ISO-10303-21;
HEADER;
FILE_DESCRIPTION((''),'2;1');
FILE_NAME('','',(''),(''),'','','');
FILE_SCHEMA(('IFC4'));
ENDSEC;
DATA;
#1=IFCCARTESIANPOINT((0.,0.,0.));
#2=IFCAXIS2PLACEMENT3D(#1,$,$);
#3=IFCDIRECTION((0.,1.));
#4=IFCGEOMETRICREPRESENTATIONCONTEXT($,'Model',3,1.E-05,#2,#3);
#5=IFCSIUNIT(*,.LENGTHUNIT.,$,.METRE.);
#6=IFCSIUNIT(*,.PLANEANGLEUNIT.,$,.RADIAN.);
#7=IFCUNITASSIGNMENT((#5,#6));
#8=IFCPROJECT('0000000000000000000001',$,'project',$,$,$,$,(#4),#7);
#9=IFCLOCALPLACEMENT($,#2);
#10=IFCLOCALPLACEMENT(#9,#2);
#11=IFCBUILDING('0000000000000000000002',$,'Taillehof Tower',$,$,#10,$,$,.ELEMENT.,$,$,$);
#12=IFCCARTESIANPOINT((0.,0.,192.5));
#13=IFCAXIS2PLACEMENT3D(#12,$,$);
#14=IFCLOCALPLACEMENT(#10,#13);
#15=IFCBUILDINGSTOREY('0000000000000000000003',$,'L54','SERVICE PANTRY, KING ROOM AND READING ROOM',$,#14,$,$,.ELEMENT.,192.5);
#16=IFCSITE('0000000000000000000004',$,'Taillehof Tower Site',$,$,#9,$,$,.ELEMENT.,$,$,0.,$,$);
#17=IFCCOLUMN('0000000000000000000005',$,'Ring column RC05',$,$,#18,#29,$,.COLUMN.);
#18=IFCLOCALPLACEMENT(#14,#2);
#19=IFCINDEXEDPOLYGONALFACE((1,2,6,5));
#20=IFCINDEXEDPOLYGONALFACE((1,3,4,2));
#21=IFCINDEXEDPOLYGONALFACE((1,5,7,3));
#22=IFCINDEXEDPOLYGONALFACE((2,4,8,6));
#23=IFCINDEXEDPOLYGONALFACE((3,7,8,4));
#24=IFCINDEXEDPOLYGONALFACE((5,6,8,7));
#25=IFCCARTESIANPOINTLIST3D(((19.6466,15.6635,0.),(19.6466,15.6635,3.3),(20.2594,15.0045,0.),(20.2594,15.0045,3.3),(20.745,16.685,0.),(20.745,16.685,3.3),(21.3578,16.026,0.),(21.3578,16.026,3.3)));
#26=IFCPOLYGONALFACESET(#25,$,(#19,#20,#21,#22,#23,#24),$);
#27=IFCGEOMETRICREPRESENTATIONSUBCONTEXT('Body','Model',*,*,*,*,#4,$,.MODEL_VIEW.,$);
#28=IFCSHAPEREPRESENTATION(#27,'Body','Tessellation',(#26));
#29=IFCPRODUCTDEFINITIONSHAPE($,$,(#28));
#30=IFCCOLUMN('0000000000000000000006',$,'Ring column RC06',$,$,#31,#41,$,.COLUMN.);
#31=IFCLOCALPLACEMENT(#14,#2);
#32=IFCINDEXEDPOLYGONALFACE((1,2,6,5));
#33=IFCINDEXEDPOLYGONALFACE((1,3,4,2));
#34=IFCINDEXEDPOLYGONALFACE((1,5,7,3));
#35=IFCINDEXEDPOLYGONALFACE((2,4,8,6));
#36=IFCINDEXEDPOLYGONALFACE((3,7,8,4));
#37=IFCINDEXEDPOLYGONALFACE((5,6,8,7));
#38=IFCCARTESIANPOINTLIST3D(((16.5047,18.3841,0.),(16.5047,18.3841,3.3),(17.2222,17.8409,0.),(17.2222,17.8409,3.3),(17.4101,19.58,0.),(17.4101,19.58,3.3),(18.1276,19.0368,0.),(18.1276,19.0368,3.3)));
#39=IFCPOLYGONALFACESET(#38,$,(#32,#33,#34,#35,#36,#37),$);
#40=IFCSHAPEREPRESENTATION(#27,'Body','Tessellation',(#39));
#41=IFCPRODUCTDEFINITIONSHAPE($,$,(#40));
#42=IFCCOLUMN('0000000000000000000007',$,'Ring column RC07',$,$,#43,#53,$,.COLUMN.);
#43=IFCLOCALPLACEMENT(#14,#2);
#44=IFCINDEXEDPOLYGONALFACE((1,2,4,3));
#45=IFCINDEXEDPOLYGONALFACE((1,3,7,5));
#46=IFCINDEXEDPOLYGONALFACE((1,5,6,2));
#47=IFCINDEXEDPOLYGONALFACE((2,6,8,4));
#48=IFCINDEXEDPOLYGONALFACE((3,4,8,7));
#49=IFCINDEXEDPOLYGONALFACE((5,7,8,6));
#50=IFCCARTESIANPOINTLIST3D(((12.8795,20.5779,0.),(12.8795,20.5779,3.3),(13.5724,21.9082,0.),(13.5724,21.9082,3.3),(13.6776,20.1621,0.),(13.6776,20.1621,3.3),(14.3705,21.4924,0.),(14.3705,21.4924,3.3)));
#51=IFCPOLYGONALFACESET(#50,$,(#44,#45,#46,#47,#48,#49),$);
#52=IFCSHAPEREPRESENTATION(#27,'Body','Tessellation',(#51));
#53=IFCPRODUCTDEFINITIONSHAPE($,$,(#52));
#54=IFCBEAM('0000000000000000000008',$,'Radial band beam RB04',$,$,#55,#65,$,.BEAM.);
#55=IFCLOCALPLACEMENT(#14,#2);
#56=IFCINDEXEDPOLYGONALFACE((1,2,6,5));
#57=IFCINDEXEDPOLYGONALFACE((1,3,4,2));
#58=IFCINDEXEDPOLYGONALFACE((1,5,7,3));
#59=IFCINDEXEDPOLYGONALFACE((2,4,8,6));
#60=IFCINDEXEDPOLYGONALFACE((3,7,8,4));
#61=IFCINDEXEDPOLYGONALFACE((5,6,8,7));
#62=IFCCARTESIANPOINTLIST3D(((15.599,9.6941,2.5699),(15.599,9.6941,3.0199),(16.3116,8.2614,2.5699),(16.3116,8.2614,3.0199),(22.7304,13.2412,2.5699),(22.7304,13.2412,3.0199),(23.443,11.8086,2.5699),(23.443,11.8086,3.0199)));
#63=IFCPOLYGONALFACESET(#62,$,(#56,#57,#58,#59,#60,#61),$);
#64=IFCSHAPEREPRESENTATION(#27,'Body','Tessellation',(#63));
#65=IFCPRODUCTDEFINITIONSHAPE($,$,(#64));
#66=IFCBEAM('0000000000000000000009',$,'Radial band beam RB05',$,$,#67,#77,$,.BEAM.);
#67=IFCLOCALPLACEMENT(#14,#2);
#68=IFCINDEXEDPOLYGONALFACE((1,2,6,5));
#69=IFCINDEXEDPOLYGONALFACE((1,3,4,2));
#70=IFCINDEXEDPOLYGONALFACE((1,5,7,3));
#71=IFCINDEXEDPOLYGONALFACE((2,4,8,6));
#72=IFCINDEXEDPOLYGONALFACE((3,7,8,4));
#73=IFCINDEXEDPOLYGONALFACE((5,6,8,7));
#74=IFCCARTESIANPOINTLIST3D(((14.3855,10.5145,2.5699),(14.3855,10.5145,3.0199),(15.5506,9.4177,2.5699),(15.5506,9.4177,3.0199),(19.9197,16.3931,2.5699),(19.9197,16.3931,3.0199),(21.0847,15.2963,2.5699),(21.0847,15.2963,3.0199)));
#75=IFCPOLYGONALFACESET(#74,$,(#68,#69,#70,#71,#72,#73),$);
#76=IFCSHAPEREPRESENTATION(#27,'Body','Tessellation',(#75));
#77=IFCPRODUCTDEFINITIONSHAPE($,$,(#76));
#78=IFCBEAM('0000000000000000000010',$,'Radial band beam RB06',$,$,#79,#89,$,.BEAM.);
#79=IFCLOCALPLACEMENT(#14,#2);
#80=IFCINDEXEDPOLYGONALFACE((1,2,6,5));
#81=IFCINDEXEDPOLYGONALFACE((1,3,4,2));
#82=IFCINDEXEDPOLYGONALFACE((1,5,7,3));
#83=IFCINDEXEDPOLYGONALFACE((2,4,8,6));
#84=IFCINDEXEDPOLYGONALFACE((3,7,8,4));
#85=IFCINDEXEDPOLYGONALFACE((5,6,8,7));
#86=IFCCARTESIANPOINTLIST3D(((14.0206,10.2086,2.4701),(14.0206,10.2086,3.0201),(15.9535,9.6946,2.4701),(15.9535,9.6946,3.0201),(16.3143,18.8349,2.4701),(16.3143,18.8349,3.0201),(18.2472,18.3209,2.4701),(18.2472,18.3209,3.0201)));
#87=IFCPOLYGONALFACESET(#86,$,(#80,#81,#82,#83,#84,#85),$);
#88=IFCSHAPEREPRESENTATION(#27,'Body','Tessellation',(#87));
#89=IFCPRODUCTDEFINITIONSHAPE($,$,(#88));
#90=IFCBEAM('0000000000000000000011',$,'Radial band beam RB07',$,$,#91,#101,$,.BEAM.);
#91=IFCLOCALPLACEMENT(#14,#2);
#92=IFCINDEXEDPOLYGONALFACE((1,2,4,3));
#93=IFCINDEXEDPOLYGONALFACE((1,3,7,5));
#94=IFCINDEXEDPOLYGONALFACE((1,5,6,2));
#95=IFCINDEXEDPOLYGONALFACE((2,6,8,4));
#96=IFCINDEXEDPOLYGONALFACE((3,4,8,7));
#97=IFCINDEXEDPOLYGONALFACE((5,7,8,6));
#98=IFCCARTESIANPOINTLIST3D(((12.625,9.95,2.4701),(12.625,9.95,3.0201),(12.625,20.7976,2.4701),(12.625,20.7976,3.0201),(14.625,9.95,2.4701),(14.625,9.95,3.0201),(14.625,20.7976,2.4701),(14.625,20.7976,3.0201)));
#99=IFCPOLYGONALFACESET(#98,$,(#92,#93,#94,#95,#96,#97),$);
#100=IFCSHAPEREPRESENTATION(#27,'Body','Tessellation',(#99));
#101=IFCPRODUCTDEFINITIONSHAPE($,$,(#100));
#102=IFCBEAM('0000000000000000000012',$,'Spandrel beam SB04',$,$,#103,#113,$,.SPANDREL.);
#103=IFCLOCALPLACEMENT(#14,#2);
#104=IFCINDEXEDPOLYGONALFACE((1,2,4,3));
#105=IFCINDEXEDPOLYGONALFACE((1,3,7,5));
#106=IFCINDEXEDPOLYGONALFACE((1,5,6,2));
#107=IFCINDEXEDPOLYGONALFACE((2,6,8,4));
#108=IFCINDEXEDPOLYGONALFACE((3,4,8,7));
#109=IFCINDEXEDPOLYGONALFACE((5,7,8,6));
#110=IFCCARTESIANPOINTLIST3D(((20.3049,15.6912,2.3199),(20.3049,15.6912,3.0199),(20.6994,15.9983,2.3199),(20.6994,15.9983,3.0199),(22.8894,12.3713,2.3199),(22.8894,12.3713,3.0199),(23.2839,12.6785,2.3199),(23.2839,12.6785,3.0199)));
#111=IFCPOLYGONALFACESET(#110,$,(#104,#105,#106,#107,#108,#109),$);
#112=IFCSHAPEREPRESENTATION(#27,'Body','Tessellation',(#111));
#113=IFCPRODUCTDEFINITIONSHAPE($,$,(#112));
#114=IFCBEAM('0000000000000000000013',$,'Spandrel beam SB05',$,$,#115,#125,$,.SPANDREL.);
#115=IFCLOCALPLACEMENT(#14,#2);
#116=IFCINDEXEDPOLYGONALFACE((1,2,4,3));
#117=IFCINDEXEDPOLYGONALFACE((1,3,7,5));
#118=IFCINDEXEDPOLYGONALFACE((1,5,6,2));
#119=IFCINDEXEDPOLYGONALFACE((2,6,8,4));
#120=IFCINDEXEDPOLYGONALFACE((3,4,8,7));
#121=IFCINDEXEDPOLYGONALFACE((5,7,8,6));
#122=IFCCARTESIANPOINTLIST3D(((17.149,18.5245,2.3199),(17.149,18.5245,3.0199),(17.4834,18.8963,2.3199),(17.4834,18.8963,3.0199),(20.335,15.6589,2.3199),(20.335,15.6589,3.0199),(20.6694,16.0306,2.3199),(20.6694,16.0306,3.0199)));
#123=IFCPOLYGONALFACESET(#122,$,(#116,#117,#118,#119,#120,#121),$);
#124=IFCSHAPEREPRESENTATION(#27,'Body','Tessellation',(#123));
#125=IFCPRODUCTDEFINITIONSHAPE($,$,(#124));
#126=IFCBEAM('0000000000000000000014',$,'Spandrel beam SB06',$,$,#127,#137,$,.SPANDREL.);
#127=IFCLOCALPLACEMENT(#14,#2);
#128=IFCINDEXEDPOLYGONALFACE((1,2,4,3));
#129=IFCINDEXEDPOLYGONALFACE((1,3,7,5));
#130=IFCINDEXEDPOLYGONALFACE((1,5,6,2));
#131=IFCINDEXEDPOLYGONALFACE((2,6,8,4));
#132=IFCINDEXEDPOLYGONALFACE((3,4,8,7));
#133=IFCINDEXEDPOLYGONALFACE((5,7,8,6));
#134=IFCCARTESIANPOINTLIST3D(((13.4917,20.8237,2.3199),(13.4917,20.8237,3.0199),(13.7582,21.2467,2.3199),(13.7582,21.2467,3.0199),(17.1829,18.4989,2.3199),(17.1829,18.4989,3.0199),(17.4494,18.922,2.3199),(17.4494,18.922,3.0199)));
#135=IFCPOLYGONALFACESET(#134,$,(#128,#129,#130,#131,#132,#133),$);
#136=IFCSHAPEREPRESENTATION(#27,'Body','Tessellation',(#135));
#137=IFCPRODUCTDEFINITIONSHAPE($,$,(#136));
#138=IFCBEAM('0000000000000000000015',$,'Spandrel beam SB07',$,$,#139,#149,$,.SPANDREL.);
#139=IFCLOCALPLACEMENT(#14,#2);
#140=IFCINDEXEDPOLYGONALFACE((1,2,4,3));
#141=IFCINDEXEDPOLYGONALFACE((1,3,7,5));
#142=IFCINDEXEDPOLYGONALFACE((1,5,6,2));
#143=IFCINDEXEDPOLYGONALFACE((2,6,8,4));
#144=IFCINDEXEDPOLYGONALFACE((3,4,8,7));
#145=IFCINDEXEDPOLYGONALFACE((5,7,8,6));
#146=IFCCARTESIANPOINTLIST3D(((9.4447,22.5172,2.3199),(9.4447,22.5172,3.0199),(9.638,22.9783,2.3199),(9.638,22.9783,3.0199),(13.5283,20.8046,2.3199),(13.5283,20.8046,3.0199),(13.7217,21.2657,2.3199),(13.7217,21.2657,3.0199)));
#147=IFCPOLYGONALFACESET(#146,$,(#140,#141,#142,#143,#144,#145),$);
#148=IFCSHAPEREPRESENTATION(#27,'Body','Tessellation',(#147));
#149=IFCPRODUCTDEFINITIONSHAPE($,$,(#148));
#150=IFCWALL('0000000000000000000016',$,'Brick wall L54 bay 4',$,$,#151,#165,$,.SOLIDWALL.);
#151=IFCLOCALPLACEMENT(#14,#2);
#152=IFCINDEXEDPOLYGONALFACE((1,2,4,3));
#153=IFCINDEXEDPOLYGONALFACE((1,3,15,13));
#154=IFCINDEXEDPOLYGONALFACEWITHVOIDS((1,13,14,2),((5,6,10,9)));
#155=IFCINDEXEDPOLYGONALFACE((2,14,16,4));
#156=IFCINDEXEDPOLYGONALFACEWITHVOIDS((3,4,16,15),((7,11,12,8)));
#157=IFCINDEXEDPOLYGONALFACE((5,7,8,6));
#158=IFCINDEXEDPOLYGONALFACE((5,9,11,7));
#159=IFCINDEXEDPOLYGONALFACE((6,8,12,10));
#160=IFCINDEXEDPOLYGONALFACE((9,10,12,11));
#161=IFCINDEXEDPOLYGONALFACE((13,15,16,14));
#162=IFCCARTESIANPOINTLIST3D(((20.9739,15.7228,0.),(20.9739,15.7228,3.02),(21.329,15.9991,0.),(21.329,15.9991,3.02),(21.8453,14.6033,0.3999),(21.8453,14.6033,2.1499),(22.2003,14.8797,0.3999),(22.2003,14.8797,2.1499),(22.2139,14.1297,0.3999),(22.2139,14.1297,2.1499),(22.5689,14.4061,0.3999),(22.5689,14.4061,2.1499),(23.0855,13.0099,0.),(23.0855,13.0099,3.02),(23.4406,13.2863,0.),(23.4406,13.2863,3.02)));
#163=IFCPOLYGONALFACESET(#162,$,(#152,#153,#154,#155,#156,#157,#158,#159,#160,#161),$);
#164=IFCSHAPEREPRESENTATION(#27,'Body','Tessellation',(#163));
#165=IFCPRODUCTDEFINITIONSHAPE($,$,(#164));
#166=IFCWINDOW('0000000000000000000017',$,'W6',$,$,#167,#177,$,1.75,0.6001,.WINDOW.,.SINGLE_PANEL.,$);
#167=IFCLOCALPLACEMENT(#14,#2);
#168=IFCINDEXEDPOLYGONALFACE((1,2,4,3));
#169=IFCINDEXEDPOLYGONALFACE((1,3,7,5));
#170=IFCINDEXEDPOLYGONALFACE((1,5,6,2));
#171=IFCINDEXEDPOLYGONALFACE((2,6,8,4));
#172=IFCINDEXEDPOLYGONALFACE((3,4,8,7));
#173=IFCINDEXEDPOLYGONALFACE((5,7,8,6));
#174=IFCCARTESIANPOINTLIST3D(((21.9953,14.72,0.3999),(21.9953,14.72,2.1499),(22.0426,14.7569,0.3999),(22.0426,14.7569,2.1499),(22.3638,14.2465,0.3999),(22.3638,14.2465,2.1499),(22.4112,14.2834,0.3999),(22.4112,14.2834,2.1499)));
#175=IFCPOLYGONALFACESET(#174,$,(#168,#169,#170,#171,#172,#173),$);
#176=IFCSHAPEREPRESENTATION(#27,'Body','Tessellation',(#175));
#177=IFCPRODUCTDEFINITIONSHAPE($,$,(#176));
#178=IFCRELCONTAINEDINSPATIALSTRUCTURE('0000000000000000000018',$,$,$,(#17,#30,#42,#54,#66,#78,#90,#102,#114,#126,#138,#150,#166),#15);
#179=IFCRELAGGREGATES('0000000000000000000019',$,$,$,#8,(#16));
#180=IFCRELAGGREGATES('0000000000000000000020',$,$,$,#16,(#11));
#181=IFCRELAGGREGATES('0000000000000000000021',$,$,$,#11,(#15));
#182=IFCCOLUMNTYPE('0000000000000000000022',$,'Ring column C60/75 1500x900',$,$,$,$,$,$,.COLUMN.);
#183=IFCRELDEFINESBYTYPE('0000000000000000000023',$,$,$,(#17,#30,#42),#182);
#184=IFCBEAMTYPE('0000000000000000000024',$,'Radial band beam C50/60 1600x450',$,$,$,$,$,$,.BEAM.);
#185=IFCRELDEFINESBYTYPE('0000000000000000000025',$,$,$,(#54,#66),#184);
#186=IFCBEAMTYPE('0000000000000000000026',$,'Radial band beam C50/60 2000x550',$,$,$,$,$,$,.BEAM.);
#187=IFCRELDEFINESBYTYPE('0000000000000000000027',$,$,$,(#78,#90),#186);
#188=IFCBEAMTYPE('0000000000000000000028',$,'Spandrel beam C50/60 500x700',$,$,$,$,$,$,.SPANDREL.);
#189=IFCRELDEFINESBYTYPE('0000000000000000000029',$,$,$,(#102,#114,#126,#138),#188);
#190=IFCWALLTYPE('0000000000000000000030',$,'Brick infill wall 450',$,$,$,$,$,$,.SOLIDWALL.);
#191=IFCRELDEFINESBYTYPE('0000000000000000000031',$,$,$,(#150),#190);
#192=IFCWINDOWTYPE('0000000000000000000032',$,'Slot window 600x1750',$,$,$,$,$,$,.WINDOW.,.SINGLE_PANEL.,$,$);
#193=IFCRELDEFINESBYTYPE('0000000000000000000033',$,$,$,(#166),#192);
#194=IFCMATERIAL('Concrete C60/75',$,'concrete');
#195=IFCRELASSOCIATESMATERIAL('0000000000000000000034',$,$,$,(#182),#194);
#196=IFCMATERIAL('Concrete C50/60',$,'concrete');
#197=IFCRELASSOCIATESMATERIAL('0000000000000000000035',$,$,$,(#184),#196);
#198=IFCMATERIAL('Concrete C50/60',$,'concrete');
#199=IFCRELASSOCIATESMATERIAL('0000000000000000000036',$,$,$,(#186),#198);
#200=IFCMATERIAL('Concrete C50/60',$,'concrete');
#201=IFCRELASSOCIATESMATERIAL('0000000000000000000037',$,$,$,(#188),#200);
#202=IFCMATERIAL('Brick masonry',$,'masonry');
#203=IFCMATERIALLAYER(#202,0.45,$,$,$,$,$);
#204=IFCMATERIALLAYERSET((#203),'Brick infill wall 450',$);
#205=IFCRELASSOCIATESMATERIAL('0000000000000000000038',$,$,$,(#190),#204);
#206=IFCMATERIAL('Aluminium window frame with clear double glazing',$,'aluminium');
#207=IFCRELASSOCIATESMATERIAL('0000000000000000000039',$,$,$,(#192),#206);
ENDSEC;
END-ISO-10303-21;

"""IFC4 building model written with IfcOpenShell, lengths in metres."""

from ifc_helpers import new_model, si_unit, direction, frame, frame_2d, origin, origin_2d, place, context, subcontext, project, spatial, rectangle, extrude, material, layer, layer_set, material_profile, profile_set, type_object, element, fill, save


model = new_model("IFC4")

# Units and contexts
model_context = context("Model", 3, precision=1e-05, world=origin(), true_north=direction((0.0, 1.0)))
body_context = subcontext(model_context, "Body", "Model", "MODEL_VIEW")
ifc_project = project(units=[si_unit("LENGTHUNIT", "METRE"), si_unit("PLANEANGLEUNIT", "RADIAN")], contexts=[model_context])

# Site, building, storey
site_placement = place(None, origin())
site = spatial("IfcSite", under=ifc_project, at=site_placement, Name="Taillehof Tower Site", CompositionType="ELEMENT", RefElevation=0.0)
building_placement = place(site_placement, origin())
building = spatial("IfcBuilding", under=site, at=building_placement, Name="Taillehof Tower", CompositionType="ELEMENT")
storey_placement = place(building_placement, frame((0.0, 0.0, 192.5)))
storey = spatial("IfcBuildingStorey", under=building, at=storey_placement, Name="L54", Description="SERVICE PANTRY, KING ROOM AND READING ROOM", CompositionType="ELEMENT", Elevation=192.5)

# Columns
ifc_material_1 = material(Name="Concrete C60/75", Category="concrete")
ifc_material_profile_1 = material_profile(ifc_material_1, rectangle(XDim=1.5, YDim=0.8999, at=origin_2d()), Name="RC 1500x900")
ifc_profile_set_1 = profile_set([ifc_material_profile_1], Name="Concrete C60/75")
column_type = type_object("IfcColumnType", Name="Ring column C60/75 1500x900", PredefinedType="COLUMN", material=ifc_profile_set_1)
for number, where, z_axis, x_axis, name in (
    (1, (20.5022, 15.8447, 0.0), (0.0, 0.0, 1.0), (0.732271, 0.681013, 0.0), "Ring column RC05"),
    (2, (17.3162, 18.7104, 0.0), (0.0, 0.0, 1.0), (0.603608, 0.797281, 0.0), "Ring column RC06"),
    (3, (13.625, 21.0352, 0.0), (0.0, 0.0, 1.0), (0.461993, 0.886883, 0.0), "Ring column RC07"),
):
    element("IfcColumn", number, at=place(storey_placement, frame(where, z_axis=z_axis, x_axis=x_axis)), inside=storey, type_object=column_type, Name=name, PredefinedType="COLUMN", context=body_context, shape_type="SweptSolid", body=[
        extrude(rectangle(XDim=1.5, YDim=0.8999, at=origin_2d()), origin(), (0.0, 0.0, 1.0), 3.3),
    ])

# Beams
ifc_material_2 = material(Name="Concrete C50/60", Category="concrete")
ifc_material_profile_2 = material_profile(ifc_material_2, rectangle(XDim=1.6001, YDim=0.45, at=origin_2d()), Name="RC 1600x450")
ifc_profile_set_2 = profile_set([ifc_material_profile_2], Name="Concrete C50/60")
beam_type_1 = type_object("IfcBeamType", Name="Radial band beam C50/60 1600x450", PredefinedType="BEAM", material=ifc_profile_set_2)
beam_1_placement = place(storey_placement, frame((23.0867, 12.5249, 2.7949), z_axis=(-0.895357, -0.445349, 0.0), x_axis=(0.445349, -0.895357, 0.0)))
element("IfcBeam", 4, at=beam_1_placement, inside=storey, type_object=beam_type_1, Name="Radial band beam RB04", PredefinedType="BEAM", context=body_context, shape_type="SweptSolid", body=[
    extrude(rectangle(XDim=1.6001, YDim=0.45, at=origin_2d()), origin(), (0.0, 0.0, 1.0), 7.9648),
])
beam_2_placement = place(storey_placement, frame((20.5022, 15.8447, 2.7949), z_axis=(-0.685451, -0.728118, 0.0), x_axis=(0.728118, -0.685451, 0.0)))
element("IfcBeam", 5, at=beam_2_placement, inside=storey, type_object=beam_type_1, Name="Radial band beam RB05", PredefinedType="BEAM", context=body_context, shape_type="SweptSolid", body=[
    extrude(rectangle(XDim=1.6001, YDim=0.45, at=origin_2d()), origin(), (0.0, 0.0, 1.0), 8.0737),
])
ifc_material_3 = material(Name="Concrete C50/60", Category="concrete")
ifc_material_profile_3 = material_profile(ifc_material_3, rectangle(XDim=2.0, YDim=0.55, at=origin_2d()), Name="RC 2000x550")
ifc_profile_set_3 = profile_set([ifc_material_profile_3], Name="Concrete C50/60")
beam_type_2 = type_object("IfcBeamType", Name="Radial band beam C50/60 2000x550", PredefinedType="BEAM", material=ifc_profile_set_3)
beam_3_placement = place(storey_placement, frame((17.2808, 18.5779, 2.7451), z_axis=(-0.25697, -0.966419, 0.0), x_axis=(0.966419, -0.25697, 0.0)))
element("IfcBeam", 6, at=beam_3_placement, inside=storey, type_object=beam_type_2, Name="Radial band beam RB06", PredefinedType="BEAM", context=body_context, shape_type="SweptSolid", body=[
    extrude(rectangle(XDim=2.0, YDim=0.55, at=origin_2d()), origin(), (0.0, 0.0, 1.0), 8.926),
])
beam_4_placement = place(storey_placement, frame((13.625, 20.7976, 2.7451), z_axis=(0.0, -1.0, 0.0), x_axis=(1.0, 0.0, 0.0)))
element("IfcBeam", 7, at=beam_4_placement, inside=storey, type_object=beam_type_2, Name="Radial band beam RB07", PredefinedType="BEAM", context=body_context, shape_type="SweptSolid", body=[
    extrude(rectangle(XDim=2.0, YDim=0.55, at=origin_2d()), origin(), (0.0, 0.0, 1.0), 10.8477),
])
ifc_material_4 = material(Name="Concrete C50/60", Category="concrete")
ifc_material_profile_4 = material_profile(ifc_material_4, rectangle(XDim=0.5, YDim=0.7, at=origin_2d()), Name="RC 500x700")
ifc_profile_set_4 = profile_set([ifc_material_profile_4], Name="Concrete C50/60")
beam_type_3 = type_object("IfcBeamType", Name="Spandrel beam C50/60 500x700", PredefinedType="SPANDREL", material=ifc_profile_set_4)
beam_5_placement = place(storey_placement, frame((23.0867, 12.5249, 2.6699), z_axis=(-0.614294, 0.789077, 0.0), x_axis=(-0.789077, -0.614294, 0.0)))
element("IfcBeam", 8, at=beam_5_placement, inside=storey, type_object=beam_type_3, Name="Spandrel beam SB04", PredefinedType="SPANDREL", context=body_context, shape_type="SweptSolid", body=[
    extrude(rectangle(XDim=0.5, YDim=0.7, at=origin_2d()), origin(), (0.0, 0.0, 1.0), 4.2073),
])
beam_6_placement = place(storey_placement, frame((20.5022, 15.8447, 2.6699), z_axis=(-0.743492, 0.668744, 0.0), x_axis=(-0.668744, -0.743492, 0.0)))
element("IfcBeam", 9, at=beam_6_placement, inside=storey, type_object=beam_type_3, Name="Spandrel beam SB05", PredefinedType="SPANDREL", context=body_context, shape_type="SweptSolid", body=[
    extrude(rectangle(XDim=0.5, YDim=0.7, at=origin_2d()), origin(), (0.0, 0.0, 1.0), 4.2852),
])
beam_7_placement = place(storey_placement, frame((17.3162, 18.7104, 2.6699), z_axis=(-0.846166, 0.532919, 0.0), x_axis=(-0.532919, -0.846166, 0.0)))
element("IfcBeam", 10, at=beam_7_placement, inside=storey, type_object=beam_type_3, Name="Spandrel beam SB06", PredefinedType="SPANDREL", context=body_context, shape_type="SweptSolid", body=[
    extrude(rectangle(XDim=0.5, YDim=0.7, at=origin_2d()), origin(), (0.0, 0.0, 1.0), 4.3623),
])
beam_8_placement = place(storey_placement, frame((13.625, 21.0352, 2.6699), z_axis=(-0.922186, 0.386748, 0.0), x_axis=(-0.386748, -0.922186, 0.0)))
element("IfcBeam", 11, at=beam_8_placement, inside=storey, type_object=beam_type_3, Name="Spandrel beam SB07", PredefinedType="SPANDREL", context=body_context, shape_type="SweptSolid", body=[
    extrude(rectangle(XDim=0.5, YDim=0.7, at=origin_2d()), origin(), (0.0, 0.0, 1.0), 4.4282),
])

# Wall, opening, window
ifc_material_5 = material(Name="Brick masonry", Category="masonry")
ifc_layer_1 = layer(ifc_material_5, 0.45)
ifc_layer_set_1 = layer_set([ifc_layer_1], Name="Brick infill wall 450")
wall_type_1 = type_object("IfcWallType", Name="Brick infill wall 450", PredefinedType="SOLIDWALL", material=ifc_layer_set_1)
wall_1_placement = place(storey_placement, frame((23.2629, 13.1482, 0.0), z_axis=(0.0, 0.0, 1.0), x_axis=(-0.614221, 0.789134, 0.0)))
wall_1 = element("IfcWall", 12, at=wall_1_placement, inside=storey, type_object=wall_type_1, Name="Brick wall L54 bay 4", PredefinedType="SOLIDWALL", context=body_context, shape_type="SweptSolid", body=[
    extrude(rectangle(XDim=3.4377, YDim=0.45, at=frame_2d((1.7188, 0.0))), origin(), (0.0, 0.0, 1.0), 3.02),
])
opening_1_placement = place(wall_1_placement, frame((1.4189, 0.0, 0.3999)))
opening_1 = element("IfcOpeningElement", 13, at=opening_1_placement, cuts=wall_1, PredefinedType="OPENING", context=body_context, shape_type="SweptSolid", body=[
    extrude(rectangle(XDim=0.6001, YDim=1.75, at=frame_2d((0.3, 0.875))), frame((0.0, 0.2349, 0.0), z_axis=(0.0, -1.0, 0.0), x_axis=(1.0, 0.0, 0.0)), (0.0, 0.0, 1.0), 0.47),
])
ifc_material_6 = material(Name="Aluminium window frame with clear double glazing", Category="aluminium")
window_type_1 = type_object("IfcWindowType", Name="Slot window 600x1750", PartitioningType="SINGLE_PANEL", PredefinedType="WINDOW", material=ifc_material_6)
window_1_placement = place(opening_1_placement, origin())
window_1 = element("IfcWindow", 14, at=window_1_placement, inside=storey, type_object=window_type_1, Name="W6", OverallHeight=1.75, OverallWidth=0.6001, PartitioningType="SINGLE_PANEL", PredefinedType="WINDOW", context=body_context, shape_type="SweptSolid", body=[
    extrude(rectangle(XDim=0.6001, YDim=1.75, at=frame_2d((0.3, 0.875))), frame((0.0, 0.0349, 0.0), z_axis=(0.0, -1.0, 0.0), x_axis=(1.0, 0.0, 0.0)), (0.0, 0.0, 1.0), 0.0601),
])
fill(opening_1, window_1)

save(model, "model.ifc")
